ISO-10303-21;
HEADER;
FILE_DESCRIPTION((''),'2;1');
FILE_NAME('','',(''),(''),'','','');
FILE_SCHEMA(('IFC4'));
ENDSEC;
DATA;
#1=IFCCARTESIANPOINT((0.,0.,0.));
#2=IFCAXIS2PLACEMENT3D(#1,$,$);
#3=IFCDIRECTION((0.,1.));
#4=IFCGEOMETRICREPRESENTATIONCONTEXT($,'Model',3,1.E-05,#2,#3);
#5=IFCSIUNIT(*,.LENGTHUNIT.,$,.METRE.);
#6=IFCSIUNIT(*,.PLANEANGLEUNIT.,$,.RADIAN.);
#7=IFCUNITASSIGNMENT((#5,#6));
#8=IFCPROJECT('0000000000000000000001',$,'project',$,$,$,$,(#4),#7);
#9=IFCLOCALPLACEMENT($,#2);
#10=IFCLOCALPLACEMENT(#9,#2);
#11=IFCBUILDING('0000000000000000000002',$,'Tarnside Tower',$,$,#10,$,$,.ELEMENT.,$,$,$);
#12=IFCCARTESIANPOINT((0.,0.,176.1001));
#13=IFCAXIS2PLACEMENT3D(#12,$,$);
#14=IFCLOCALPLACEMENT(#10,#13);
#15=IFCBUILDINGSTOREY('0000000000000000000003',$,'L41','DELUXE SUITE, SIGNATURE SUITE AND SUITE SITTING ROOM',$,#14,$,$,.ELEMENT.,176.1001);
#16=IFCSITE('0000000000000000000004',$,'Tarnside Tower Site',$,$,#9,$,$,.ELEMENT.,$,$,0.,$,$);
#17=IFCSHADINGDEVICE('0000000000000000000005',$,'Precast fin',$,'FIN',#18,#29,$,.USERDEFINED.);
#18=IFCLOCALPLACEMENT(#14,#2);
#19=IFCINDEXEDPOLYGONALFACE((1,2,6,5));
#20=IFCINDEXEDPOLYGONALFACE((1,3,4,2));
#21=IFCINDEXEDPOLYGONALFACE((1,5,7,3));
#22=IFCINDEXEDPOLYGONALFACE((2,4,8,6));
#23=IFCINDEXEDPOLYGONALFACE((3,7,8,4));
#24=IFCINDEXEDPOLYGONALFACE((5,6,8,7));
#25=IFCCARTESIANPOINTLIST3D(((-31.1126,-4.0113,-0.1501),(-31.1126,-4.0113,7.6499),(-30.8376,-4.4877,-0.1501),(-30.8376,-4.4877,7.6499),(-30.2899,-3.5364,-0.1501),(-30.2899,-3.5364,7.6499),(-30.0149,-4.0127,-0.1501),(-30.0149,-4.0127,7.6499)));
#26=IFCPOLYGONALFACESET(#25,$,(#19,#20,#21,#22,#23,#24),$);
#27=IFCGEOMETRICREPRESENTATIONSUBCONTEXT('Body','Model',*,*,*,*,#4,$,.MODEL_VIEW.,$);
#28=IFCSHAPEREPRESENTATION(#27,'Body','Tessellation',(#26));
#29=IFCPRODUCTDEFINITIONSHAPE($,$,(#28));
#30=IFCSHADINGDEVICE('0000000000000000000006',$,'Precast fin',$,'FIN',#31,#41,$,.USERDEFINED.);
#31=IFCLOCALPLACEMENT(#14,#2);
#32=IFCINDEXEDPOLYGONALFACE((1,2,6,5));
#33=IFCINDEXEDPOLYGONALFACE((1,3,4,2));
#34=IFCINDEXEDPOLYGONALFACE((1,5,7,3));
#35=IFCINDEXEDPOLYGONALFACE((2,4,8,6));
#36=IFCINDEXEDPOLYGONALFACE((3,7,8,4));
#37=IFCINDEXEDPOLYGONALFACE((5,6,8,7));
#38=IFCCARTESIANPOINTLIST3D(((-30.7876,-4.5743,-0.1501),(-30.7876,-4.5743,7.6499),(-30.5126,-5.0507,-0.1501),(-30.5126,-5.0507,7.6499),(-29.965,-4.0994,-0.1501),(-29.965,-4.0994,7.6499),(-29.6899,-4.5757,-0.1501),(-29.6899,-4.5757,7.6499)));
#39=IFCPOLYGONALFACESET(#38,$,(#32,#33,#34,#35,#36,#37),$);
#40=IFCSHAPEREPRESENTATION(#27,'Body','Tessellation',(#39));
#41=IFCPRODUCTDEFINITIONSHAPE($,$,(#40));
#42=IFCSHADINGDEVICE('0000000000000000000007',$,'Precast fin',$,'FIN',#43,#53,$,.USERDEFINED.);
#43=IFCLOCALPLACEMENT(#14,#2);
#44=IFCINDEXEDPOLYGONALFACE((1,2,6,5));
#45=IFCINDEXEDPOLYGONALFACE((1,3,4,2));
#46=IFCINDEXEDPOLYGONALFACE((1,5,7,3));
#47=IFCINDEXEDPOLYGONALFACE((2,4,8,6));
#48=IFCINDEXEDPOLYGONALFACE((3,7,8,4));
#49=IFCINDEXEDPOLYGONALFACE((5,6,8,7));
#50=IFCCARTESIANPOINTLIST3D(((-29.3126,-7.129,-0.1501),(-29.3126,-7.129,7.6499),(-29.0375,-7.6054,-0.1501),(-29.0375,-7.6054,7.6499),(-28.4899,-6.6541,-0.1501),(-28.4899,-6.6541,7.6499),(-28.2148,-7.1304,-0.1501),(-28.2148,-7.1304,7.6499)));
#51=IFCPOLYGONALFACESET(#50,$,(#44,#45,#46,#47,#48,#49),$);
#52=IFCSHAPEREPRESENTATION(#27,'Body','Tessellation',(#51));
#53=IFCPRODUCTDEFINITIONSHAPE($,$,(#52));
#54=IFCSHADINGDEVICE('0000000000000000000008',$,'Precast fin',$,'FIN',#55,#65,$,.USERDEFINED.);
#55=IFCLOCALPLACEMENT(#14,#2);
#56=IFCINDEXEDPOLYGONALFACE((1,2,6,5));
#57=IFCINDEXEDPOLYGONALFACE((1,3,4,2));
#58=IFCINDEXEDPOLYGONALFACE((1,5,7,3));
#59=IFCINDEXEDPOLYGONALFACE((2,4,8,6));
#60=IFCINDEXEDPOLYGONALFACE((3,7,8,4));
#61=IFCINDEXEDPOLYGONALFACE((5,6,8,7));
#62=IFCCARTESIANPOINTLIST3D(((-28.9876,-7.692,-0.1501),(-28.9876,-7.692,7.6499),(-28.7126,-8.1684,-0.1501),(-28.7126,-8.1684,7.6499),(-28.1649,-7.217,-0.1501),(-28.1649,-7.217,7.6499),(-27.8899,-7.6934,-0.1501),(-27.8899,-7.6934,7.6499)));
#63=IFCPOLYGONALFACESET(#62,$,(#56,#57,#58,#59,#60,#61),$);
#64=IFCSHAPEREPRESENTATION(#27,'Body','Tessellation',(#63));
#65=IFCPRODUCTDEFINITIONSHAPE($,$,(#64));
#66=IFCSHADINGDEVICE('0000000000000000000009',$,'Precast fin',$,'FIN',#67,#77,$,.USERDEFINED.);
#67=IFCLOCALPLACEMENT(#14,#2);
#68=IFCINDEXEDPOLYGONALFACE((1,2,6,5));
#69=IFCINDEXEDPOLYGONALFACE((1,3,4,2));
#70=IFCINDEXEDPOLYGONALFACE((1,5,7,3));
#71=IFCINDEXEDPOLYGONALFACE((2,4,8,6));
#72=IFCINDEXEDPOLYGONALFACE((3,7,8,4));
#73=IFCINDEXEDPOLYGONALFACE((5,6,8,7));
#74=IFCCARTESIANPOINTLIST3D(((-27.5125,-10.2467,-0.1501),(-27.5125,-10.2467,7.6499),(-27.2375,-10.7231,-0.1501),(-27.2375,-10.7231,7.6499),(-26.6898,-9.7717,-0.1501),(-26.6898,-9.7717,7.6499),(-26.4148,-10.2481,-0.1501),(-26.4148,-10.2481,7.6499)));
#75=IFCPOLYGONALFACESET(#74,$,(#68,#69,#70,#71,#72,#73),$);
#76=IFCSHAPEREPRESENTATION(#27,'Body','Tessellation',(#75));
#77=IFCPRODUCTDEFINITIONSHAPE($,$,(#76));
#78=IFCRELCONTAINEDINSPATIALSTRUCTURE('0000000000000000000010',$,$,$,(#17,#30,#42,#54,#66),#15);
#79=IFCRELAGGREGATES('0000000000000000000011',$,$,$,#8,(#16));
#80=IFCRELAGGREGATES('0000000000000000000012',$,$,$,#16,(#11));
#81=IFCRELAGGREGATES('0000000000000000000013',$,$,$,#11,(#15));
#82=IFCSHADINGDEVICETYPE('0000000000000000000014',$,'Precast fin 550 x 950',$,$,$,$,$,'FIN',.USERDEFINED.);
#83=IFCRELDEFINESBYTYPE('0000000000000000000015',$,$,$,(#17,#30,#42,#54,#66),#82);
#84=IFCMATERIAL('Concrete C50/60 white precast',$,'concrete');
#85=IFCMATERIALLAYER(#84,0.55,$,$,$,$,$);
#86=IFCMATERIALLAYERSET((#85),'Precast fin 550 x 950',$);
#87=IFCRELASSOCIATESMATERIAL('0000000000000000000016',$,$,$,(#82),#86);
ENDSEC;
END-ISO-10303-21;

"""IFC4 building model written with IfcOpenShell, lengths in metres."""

from ifc_helpers import new_model, si_unit, direction, frame, origin, place, context, subcontext, project, spatial, polyline, outline, extrude, material, layer, layer_set, type_object, element, save


model = new_model("IFC4")

# Units and contexts
model_context = context("Model", 3, precision=1e-05, world=origin(), true_north=direction((0.0, 1.0)))
body_context = subcontext(model_context, "Body", "Model", "MODEL_VIEW")
ifc_project = project(units=[si_unit("LENGTHUNIT", "METRE"), si_unit("PLANEANGLEUNIT", "RADIAN")], contexts=[model_context])

# Site, building, storey
site_placement = place(None, origin())
site = spatial("IfcSite", under=ifc_project, at=site_placement, Name="Tarnside Tower Site", CompositionType="ELEMENT", RefElevation=0.0)
building_placement = place(site_placement, origin())
building = spatial("IfcBuilding", under=site, at=building_placement, Name="Tarnside Tower", CompositionType="ELEMENT")
storey_placement = place(building_placement, frame((0.0, 0.0, 176.1001)))
storey = spatial("IfcBuildingStorey", under=building, at=storey_placement, Name="L41", Description="DELUXE SUITE, SIGNATURE SUITE AND SUITE SITTING ROOM", CompositionType="ELEMENT", Elevation=176.1001)

# Shading devices
ifc_material_1 = material(Name="Concrete C50/60 white precast", Category="concrete")
ifc_layer_1 = layer(ifc_material_1, 0.55)
ifc_layer_set_1 = layer_set([ifc_layer_1], Name="Precast fin 550 x 950")
shading_device_type_1 = type_object("IfcShadingDeviceType", Name="Precast fin 550 x 950", ElementType="FIN", PredefinedType="USERDEFINED", material=ifc_layer_set_1)
for number, where, z_axis, x_axis, name in (
    (1, (-30.1523, -3.7747, -0.1501), (-0.5, 0.866025, 0.0), (-0.866025, -0.5, 0.0), "Precast fin"),
    (2, (-29.8274, -4.3376, -0.1501), (-0.5, 0.866025, 0.0), (-0.866025, -0.5, 0.0), "Precast fin"),
    (3, (-28.3523, -6.8923, -0.1501), (-0.5, 0.866025, 0.0), (-0.866025, -0.5, 0.0), "Precast fin"),
    (4, (-28.0273, -7.4553, -0.1501), (-0.5, 0.866025, 0.0), (-0.866025, -0.5, 0.0), "Precast fin"),
    (5, (-26.5522, -10.01, -0.1501), (-0.5, 0.866025, 0.0), (-0.866025, -0.5, 0.0), "Precast fin"),
):
    element("IfcShadingDevice", number, at=place(storey_placement, frame(where, z_axis=z_axis, x_axis=x_axis)), inside=storey, type_object=shading_device_type_1, Name=name, ObjectType="FIN", PredefinedType="USERDEFINED", context=body_context, shape_type="SweptSolid", body=[
        extrude(outline(polyline([(0.0, 0.0), (0.95, 0.0), (0.95, 7.8), (0.0, 7.8), (0.0, 0.0)])), frame((0.0, 0.0, -0.2749)), (0.0, 0.0, 1.0), 0.55),
    ])

save(model, "model.ifc")
